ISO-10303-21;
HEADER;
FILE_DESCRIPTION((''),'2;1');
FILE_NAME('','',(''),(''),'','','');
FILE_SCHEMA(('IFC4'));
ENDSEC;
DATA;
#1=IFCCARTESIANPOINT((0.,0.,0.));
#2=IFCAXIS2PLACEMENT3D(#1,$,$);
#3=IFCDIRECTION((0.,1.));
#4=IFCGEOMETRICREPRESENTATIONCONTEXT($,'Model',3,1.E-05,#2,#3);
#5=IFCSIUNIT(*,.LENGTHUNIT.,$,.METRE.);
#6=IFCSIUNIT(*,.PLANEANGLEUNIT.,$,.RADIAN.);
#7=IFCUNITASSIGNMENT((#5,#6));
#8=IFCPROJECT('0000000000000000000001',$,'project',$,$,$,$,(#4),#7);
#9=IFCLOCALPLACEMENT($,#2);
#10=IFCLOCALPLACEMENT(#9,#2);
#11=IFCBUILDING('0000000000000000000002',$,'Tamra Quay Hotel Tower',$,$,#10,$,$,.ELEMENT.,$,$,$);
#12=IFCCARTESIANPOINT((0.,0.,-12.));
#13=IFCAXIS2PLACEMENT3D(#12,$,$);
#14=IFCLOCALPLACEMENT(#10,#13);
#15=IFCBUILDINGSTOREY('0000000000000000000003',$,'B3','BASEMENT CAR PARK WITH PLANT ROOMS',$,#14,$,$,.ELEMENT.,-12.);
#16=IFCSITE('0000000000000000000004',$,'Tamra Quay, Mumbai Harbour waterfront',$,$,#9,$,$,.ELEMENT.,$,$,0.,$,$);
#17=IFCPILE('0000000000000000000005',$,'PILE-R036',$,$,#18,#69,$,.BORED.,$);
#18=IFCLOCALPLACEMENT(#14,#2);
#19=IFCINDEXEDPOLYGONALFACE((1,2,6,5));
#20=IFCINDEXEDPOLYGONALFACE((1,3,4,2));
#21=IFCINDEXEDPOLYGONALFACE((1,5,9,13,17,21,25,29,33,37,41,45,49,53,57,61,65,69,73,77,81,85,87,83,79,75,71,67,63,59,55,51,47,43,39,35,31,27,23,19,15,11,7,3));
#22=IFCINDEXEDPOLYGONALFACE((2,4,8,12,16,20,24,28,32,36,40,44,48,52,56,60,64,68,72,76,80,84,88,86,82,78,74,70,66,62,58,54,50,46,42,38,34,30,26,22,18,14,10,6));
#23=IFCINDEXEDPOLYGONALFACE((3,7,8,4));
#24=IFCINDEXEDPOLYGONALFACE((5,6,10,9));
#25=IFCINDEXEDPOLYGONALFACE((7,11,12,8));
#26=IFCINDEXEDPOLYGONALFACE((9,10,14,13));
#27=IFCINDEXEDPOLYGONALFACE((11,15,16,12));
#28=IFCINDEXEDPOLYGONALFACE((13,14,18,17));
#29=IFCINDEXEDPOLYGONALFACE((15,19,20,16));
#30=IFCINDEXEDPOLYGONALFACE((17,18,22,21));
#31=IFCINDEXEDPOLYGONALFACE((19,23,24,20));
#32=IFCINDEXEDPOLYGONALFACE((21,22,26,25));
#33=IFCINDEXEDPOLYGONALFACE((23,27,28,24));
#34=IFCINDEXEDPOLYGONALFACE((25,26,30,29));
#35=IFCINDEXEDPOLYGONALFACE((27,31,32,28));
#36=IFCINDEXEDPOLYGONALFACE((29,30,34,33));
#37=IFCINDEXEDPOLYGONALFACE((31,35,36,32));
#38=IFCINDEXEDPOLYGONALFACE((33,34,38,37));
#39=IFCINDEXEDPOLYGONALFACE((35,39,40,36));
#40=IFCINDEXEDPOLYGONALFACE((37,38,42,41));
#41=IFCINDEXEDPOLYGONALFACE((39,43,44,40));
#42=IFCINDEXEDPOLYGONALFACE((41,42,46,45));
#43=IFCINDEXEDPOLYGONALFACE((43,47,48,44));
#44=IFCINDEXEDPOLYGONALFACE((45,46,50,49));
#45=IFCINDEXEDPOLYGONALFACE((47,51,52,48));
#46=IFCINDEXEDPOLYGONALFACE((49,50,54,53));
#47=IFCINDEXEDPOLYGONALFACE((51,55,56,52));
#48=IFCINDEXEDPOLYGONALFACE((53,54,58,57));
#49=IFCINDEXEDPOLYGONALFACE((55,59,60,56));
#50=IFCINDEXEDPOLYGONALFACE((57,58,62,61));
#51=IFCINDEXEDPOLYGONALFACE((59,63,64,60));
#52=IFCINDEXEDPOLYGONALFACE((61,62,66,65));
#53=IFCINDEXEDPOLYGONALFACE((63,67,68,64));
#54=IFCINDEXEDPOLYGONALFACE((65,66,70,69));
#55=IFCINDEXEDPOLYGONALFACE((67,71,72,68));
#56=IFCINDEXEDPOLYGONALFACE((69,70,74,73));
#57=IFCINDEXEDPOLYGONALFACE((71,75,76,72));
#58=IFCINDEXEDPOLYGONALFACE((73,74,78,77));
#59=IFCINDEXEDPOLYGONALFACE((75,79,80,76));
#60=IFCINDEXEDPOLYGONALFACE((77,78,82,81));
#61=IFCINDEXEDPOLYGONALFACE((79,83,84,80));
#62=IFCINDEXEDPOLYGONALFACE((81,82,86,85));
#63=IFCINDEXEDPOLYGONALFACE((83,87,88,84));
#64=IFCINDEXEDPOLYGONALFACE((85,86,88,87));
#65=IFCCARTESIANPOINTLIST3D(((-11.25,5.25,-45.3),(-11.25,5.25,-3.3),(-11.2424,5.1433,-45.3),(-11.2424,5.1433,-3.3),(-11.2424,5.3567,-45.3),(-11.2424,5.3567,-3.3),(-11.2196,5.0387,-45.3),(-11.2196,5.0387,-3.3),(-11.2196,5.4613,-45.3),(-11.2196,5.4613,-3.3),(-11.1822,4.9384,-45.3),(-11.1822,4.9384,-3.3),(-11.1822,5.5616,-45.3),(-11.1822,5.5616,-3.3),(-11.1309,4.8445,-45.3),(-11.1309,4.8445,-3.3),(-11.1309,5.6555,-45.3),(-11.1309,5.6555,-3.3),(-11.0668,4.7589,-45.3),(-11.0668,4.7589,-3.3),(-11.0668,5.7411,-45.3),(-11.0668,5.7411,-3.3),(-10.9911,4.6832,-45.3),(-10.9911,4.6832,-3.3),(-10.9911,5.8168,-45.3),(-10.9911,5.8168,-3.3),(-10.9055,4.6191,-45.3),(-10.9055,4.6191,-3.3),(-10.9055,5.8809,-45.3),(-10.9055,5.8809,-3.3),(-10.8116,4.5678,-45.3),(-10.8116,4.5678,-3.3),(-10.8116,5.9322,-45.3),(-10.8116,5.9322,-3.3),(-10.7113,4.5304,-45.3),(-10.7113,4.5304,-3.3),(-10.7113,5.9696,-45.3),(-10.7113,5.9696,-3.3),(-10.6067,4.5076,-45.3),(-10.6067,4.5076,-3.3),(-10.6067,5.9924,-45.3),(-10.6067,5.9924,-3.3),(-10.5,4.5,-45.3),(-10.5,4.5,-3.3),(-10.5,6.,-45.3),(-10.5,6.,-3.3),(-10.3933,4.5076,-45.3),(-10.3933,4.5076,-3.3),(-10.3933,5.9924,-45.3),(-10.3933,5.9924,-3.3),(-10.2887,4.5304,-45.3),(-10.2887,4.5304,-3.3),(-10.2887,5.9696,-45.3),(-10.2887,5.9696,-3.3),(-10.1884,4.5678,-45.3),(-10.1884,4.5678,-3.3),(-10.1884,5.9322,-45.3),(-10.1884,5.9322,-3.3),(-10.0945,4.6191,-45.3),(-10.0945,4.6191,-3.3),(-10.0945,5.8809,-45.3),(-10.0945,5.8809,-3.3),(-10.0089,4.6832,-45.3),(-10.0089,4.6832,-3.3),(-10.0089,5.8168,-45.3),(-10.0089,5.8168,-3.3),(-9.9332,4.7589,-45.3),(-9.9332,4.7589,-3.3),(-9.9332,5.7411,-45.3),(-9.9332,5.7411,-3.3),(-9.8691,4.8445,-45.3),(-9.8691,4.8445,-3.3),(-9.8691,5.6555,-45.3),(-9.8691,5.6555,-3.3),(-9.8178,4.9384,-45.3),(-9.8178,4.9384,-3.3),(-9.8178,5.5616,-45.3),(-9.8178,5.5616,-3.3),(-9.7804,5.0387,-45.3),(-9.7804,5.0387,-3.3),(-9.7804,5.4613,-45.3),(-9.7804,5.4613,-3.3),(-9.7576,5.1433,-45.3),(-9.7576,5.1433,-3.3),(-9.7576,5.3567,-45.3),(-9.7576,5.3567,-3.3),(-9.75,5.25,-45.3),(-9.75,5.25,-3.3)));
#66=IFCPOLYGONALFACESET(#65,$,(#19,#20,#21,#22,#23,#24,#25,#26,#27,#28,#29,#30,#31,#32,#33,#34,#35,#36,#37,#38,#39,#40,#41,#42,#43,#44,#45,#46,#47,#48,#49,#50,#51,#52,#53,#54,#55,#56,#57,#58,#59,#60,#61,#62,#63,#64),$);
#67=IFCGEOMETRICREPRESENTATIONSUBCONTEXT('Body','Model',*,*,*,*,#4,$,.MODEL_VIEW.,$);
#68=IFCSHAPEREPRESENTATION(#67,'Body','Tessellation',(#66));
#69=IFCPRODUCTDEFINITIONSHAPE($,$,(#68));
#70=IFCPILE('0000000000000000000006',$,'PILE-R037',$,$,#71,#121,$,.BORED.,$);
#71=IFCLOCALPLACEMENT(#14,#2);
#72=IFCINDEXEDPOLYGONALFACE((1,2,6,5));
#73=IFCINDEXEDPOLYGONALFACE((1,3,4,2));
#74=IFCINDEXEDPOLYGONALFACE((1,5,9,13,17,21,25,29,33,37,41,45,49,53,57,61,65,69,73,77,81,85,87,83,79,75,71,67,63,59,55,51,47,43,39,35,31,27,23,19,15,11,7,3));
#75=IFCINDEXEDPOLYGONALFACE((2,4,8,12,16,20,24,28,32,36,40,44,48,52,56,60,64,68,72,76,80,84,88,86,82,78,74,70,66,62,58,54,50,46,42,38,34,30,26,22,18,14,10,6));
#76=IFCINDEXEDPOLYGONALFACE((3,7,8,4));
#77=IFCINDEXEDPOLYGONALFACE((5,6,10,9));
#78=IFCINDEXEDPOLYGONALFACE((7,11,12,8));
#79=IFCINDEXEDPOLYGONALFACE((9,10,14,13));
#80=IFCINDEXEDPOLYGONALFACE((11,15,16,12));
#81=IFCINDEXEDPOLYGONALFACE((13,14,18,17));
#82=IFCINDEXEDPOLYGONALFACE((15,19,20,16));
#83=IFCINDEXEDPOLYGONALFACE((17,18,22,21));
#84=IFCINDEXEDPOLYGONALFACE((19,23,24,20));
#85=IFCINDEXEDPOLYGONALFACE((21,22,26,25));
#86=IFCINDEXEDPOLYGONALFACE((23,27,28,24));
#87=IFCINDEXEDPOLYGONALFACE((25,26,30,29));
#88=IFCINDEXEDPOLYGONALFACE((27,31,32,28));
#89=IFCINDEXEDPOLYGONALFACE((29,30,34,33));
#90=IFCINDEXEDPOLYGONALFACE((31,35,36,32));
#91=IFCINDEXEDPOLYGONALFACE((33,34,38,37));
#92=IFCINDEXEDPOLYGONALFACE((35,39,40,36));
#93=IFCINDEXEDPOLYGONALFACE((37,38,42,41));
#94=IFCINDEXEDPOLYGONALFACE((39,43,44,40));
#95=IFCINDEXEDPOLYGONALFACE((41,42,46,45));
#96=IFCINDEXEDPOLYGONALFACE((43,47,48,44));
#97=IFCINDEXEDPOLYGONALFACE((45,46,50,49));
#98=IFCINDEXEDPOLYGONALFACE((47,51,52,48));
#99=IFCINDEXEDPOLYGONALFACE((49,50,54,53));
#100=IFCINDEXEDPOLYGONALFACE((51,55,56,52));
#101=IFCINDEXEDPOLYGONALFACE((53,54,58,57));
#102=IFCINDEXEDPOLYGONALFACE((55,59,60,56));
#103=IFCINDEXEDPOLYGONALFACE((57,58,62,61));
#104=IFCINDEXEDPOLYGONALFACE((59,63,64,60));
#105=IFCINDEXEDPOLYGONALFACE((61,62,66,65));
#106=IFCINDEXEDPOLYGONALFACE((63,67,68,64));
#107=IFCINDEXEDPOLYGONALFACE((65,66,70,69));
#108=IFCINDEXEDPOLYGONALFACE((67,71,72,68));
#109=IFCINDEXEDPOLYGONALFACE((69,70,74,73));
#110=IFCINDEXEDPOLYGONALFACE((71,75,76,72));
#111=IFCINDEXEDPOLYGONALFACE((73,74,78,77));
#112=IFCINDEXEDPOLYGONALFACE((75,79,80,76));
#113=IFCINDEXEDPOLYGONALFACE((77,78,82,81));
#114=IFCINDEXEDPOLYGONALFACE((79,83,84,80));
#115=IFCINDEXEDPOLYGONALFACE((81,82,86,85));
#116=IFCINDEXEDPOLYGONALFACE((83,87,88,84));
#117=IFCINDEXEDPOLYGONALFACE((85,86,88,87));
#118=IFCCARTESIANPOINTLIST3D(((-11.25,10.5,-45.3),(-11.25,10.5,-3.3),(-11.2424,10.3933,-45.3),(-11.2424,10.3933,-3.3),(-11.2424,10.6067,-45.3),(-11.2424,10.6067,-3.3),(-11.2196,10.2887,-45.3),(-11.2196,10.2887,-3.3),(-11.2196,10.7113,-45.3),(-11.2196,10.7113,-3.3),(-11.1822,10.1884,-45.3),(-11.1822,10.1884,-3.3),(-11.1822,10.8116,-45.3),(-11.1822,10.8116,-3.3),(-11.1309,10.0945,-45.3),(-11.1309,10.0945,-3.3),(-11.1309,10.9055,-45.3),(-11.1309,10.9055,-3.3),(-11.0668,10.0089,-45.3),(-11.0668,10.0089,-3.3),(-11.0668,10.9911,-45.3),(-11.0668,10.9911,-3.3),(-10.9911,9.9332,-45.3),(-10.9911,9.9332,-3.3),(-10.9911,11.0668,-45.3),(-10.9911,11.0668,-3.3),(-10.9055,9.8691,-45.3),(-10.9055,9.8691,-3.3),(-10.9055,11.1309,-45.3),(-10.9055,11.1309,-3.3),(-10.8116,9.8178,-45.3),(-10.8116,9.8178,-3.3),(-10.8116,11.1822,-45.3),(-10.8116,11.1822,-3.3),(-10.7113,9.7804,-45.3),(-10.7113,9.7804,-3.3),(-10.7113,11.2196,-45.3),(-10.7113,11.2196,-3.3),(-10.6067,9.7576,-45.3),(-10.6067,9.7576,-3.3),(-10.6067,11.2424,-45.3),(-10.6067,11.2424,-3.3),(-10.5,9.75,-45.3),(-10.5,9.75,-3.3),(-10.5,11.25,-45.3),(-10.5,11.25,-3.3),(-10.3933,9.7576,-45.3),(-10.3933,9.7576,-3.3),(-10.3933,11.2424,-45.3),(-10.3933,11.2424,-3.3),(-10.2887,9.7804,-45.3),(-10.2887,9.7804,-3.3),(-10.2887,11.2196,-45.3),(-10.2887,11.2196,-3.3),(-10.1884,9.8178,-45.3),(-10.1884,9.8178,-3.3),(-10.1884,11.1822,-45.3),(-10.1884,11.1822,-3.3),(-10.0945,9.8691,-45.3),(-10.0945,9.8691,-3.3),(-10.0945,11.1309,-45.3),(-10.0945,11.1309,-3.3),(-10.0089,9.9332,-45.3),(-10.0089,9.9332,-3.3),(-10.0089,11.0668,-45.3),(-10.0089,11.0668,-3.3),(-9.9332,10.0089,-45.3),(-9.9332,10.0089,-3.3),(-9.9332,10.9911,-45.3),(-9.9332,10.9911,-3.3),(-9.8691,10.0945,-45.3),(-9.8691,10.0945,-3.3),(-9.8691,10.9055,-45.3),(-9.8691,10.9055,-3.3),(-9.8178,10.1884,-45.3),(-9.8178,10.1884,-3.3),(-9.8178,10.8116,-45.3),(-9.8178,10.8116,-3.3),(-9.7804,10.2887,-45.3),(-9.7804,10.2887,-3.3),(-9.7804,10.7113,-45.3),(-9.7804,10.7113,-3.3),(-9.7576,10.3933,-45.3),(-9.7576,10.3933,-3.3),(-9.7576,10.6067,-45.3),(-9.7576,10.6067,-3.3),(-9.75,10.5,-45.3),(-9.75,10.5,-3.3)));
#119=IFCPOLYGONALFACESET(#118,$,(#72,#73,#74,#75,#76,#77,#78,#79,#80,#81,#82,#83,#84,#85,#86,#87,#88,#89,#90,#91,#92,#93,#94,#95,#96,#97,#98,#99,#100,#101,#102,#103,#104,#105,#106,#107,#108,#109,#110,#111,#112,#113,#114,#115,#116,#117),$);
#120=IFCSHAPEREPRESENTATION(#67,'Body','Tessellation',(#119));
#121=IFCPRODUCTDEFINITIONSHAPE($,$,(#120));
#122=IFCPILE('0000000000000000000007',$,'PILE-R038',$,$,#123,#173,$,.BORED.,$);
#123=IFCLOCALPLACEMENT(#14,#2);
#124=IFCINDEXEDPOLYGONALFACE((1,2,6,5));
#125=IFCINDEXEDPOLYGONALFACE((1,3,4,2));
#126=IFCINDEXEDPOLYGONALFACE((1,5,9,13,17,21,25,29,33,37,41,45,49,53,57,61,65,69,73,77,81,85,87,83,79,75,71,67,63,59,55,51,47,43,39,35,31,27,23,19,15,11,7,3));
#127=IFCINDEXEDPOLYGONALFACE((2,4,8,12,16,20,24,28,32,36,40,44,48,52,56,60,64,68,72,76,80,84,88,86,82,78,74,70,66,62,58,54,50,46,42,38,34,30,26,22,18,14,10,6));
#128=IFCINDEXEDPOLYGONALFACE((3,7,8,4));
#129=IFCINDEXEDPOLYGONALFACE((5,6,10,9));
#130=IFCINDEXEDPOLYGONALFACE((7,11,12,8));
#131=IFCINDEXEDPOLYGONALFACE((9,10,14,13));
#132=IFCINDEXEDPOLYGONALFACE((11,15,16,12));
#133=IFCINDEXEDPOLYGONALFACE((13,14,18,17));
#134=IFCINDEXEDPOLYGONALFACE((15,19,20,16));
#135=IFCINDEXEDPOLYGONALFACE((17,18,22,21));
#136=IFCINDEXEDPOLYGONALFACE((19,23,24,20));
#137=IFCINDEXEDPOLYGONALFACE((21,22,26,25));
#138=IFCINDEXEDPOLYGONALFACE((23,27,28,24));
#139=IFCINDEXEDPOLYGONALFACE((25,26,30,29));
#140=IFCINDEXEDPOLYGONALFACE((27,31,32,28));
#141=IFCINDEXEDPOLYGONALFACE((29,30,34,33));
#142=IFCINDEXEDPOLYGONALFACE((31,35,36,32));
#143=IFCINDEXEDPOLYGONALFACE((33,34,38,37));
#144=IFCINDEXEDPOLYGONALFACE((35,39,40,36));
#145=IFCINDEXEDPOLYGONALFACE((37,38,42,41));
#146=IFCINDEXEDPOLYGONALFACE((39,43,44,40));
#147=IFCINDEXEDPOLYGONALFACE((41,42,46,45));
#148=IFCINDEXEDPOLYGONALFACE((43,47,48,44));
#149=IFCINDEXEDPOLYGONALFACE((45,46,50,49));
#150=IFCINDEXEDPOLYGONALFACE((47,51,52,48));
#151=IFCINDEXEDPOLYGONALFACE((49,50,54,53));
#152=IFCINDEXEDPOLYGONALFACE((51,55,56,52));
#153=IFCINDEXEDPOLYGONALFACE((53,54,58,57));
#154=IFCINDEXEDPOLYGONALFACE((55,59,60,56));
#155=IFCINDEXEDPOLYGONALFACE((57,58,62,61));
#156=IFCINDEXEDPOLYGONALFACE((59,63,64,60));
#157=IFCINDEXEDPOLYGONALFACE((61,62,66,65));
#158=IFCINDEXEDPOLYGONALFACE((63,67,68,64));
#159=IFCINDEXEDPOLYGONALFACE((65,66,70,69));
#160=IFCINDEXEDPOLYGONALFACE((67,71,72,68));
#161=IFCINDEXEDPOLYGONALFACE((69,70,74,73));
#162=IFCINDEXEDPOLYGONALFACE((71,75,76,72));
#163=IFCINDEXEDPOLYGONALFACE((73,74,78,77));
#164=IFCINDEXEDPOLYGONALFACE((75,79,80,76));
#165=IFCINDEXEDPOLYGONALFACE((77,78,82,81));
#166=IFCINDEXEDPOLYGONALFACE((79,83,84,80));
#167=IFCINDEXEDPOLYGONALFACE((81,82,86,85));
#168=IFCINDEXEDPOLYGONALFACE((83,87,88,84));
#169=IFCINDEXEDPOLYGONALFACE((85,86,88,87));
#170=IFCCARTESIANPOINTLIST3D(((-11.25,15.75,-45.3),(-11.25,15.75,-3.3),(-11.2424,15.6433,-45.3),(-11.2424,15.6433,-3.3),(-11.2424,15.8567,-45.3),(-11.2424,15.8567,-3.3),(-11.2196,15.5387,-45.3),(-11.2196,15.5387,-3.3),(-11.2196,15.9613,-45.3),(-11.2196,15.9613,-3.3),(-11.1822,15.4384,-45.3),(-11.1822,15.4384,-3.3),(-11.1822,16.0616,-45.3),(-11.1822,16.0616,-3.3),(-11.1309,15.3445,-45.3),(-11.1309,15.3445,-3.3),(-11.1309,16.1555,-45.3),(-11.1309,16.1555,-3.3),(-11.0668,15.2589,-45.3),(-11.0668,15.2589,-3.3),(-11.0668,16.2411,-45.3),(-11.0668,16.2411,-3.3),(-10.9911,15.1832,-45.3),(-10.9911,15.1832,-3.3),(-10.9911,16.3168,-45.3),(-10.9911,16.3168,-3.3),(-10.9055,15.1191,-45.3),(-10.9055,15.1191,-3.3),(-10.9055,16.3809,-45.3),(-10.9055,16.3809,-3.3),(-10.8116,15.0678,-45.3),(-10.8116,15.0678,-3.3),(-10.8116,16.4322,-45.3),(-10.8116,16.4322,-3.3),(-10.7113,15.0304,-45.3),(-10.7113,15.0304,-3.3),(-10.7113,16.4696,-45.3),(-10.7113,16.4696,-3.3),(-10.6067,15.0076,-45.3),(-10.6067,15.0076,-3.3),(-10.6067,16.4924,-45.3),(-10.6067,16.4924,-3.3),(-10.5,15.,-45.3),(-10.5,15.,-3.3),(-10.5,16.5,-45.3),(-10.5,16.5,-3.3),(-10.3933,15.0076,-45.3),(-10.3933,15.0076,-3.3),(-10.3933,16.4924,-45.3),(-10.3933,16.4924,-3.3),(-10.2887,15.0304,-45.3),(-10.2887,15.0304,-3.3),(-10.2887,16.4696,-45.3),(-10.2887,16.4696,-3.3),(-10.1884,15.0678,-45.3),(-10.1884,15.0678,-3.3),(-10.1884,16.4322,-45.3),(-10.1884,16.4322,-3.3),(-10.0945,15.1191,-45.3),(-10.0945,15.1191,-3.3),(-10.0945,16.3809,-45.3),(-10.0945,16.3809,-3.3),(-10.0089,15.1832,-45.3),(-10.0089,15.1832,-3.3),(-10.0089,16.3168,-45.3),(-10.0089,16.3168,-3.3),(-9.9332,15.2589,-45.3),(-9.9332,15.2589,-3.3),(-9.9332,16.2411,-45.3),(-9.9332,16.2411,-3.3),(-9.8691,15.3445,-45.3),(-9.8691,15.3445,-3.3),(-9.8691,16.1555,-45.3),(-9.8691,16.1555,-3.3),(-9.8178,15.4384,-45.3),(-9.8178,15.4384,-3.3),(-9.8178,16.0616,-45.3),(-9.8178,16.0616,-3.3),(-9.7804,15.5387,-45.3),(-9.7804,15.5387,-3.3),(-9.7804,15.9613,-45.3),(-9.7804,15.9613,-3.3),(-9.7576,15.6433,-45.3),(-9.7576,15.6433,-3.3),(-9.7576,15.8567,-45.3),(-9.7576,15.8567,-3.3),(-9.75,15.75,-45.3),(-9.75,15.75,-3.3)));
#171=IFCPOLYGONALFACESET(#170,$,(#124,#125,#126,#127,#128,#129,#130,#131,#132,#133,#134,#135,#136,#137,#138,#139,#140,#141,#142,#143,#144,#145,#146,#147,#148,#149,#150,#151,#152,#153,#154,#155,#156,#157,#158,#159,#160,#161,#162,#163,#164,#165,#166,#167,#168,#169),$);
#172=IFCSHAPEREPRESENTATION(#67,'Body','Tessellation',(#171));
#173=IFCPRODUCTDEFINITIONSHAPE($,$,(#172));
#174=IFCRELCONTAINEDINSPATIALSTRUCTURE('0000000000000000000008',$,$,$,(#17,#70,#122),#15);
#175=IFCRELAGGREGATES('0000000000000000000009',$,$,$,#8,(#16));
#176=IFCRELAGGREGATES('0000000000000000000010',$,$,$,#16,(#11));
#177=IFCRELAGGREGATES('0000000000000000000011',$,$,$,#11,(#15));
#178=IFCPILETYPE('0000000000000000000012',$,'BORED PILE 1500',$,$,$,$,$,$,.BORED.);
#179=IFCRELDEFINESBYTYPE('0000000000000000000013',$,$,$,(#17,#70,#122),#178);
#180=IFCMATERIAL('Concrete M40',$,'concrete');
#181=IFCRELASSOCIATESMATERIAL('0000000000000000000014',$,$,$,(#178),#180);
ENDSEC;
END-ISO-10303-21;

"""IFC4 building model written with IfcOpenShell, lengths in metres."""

from ifc_helpers import new_model, si_unit, direction, frame, origin, origin_2d, place, context, subcontext, project, spatial, circle, extrude, material, material_profile, profile_set, type_object, element, save


model = new_model("IFC4")

# Units and contexts
model_context = context("Model", 3, precision=1e-05, world=origin(), true_north=direction((0.0, 1.0)))
body_context = subcontext(model_context, "Body", "Model", "MODEL_VIEW")
ifc_project = project(units=[si_unit("LENGTHUNIT", "METRE"), si_unit("PLANEANGLEUNIT", "RADIAN")], contexts=[model_context])

# Site, building, storey
site_placement = place(None, origin())
site = spatial("IfcSite", under=ifc_project, at=site_placement, Name="Tamra Quay, Mumbai Harbour waterfront", CompositionType="ELEMENT", RefElevation=0.0)
building_placement = place(site_placement, origin())
building = spatial("IfcBuilding", under=site, at=building_placement, Name="Tamra Quay Hotel Tower", CompositionType="ELEMENT")
storey_placement = place(building_placement, frame((0.0, 0.0, -12.0)))
storey = spatial("IfcBuildingStorey", under=building, at=storey_placement, Name="B3", Description="BASEMENT CAR PARK WITH PLANT ROOMS", CompositionType="ELEMENT", Elevation=-12.0)

# Piles
ifc_material_1 = material(Name="Concrete M40", Category="concrete")
ifc_material_profile = material_profile(ifc_material_1, circle(Radius=0.75, at=origin_2d()), Name="BORED PILE 1500")
ifc_profile_set = profile_set([ifc_material_profile], Name="Concrete M40")
pile_type = type_object("IfcPileType", Name="BORED PILE 1500", PredefinedType="BORED", material=ifc_profile_set)
for number, where, z_axis, x_axis, name in (
    (1, (-10.5, 5.25, -3.3), (0.0, 0.0, -1.0), (1.0, 0.0, 0.0), "PILE-R036"),
    (2, (-10.5, 10.5, -3.3), (0.0, 0.0, -1.0), (1.0, 0.0, 0.0), "PILE-R037"),
    (3, (-10.5, 15.75, -3.3), (0.0, 0.0, -1.0), (1.0, 0.0, 0.0), "PILE-R038"),
):
    element("IfcPile", number, at=place(storey_placement, frame(where, z_axis=z_axis, x_axis=x_axis)), inside=storey, type_object=pile_type, Name=name, PredefinedType="BORED", context=body_context, shape_type="SweptSolid", body=[
        extrude(circle(Radius=0.75, at=origin_2d()), origin(), (0.0, 0.0, 1.0), 42.0),
    ])

save(model, "model.ifc")
